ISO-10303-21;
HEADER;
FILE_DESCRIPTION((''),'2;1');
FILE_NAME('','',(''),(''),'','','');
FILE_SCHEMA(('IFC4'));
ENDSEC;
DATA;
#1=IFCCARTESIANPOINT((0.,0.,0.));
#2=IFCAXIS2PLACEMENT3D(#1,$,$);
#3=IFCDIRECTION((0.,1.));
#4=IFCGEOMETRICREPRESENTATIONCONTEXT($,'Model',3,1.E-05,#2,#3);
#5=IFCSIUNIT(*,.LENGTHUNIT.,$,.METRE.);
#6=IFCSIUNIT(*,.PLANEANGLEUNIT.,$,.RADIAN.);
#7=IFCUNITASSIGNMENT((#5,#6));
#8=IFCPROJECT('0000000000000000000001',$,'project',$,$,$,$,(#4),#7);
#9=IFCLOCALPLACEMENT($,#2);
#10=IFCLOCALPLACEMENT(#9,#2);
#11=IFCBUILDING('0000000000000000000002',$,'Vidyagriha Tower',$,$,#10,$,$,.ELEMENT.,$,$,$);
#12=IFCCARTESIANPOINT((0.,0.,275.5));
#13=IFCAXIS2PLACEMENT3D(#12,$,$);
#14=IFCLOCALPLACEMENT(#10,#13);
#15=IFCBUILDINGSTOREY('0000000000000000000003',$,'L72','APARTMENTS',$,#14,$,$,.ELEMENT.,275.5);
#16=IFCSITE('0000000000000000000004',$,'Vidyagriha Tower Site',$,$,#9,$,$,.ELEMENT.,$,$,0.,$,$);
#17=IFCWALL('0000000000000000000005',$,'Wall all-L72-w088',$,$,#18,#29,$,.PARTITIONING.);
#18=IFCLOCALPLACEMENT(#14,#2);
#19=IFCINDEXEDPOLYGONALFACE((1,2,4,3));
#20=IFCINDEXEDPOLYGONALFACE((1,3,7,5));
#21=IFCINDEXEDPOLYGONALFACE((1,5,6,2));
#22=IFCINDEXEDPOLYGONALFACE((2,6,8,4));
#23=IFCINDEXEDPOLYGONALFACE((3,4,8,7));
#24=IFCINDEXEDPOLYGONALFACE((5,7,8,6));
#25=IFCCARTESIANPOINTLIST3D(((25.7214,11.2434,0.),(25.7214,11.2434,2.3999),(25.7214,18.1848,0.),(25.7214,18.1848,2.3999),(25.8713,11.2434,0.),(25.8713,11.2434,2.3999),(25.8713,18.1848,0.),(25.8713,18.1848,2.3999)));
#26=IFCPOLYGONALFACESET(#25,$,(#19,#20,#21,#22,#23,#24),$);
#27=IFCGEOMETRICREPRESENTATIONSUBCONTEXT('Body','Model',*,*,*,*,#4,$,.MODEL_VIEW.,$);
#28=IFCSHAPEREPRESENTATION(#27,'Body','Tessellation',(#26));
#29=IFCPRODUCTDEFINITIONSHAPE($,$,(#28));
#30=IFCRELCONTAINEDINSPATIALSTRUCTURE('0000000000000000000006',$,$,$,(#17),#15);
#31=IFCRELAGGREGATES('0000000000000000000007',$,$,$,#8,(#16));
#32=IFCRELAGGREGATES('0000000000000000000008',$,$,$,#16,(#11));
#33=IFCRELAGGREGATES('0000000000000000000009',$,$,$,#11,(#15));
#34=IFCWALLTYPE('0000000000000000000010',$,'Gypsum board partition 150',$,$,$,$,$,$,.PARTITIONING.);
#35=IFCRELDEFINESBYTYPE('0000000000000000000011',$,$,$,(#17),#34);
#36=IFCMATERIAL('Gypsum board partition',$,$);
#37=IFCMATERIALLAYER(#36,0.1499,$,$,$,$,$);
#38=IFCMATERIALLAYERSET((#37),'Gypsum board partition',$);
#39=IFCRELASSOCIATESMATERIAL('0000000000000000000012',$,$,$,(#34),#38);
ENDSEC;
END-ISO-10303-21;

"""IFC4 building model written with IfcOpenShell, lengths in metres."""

from ifc_helpers import new_model, si_unit, direction, frame, frame_2d, origin, place, context, subcontext, project, spatial, rectangle, extrude, material, layer, layer_set, type_object, element, save


model = new_model("IFC4")

# Units and contexts
model_context = context("Model", 3, precision=1e-05, world=origin(), true_north=direction((0.0, 1.0)))
body_context = subcontext(model_context, "Body", "Model", "MODEL_VIEW")
ifc_project = project(units=[si_unit("LENGTHUNIT", "METRE"), si_unit("PLANEANGLEUNIT", "RADIAN")], contexts=[model_context])

# Site, building, storey
site_placement = place(None, origin())
site = spatial("IfcSite", under=ifc_project, at=site_placement, Name="Vidyagriha Tower Site", CompositionType="ELEMENT", RefElevation=0.0)
building_placement = place(site_placement, origin())
building = spatial("IfcBuilding", under=site, at=building_placement, Name="Vidyagriha Tower", CompositionType="ELEMENT")
storey_placement = place(building_placement, frame((0.0, 0.0, 275.5)))
storey = spatial("IfcBuildingStorey", under=building, at=storey_placement, Name="L72", Description="APARTMENTS", CompositionType="ELEMENT", Elevation=275.5)

# Wall
ifc_material_1 = material(Name="Gypsum board partition")
ifc_layer_1 = layer(ifc_material_1, 0.1499)
ifc_layer_set_1 = layer_set([ifc_layer_1], Name="Gypsum board partition")
wall_type_1 = type_object("IfcWallType", Name="Gypsum board partition 150", PredefinedType="PARTITIONING", material=ifc_layer_set_1)
wall_1_placement = place(storey_placement, frame((25.7964, 18.1848, 0.0), z_axis=(0.0, 0.0, 1.0), x_axis=(0.0, -1.0, 0.0)))
element("IfcWall", 1, at=wall_1_placement, inside=storey, type_object=wall_type_1, Name="Wall all-L72-w088", PredefinedType="PARTITIONING", context=body_context, shape_type="SweptSolid", body=[
    extrude(rectangle(XDim=6.9414, YDim=0.1499, at=frame_2d((3.4707, 0.0))), origin(), (0.0, 0.0, 1.0), 2.3999),
])

save(model, "model.ifc")
